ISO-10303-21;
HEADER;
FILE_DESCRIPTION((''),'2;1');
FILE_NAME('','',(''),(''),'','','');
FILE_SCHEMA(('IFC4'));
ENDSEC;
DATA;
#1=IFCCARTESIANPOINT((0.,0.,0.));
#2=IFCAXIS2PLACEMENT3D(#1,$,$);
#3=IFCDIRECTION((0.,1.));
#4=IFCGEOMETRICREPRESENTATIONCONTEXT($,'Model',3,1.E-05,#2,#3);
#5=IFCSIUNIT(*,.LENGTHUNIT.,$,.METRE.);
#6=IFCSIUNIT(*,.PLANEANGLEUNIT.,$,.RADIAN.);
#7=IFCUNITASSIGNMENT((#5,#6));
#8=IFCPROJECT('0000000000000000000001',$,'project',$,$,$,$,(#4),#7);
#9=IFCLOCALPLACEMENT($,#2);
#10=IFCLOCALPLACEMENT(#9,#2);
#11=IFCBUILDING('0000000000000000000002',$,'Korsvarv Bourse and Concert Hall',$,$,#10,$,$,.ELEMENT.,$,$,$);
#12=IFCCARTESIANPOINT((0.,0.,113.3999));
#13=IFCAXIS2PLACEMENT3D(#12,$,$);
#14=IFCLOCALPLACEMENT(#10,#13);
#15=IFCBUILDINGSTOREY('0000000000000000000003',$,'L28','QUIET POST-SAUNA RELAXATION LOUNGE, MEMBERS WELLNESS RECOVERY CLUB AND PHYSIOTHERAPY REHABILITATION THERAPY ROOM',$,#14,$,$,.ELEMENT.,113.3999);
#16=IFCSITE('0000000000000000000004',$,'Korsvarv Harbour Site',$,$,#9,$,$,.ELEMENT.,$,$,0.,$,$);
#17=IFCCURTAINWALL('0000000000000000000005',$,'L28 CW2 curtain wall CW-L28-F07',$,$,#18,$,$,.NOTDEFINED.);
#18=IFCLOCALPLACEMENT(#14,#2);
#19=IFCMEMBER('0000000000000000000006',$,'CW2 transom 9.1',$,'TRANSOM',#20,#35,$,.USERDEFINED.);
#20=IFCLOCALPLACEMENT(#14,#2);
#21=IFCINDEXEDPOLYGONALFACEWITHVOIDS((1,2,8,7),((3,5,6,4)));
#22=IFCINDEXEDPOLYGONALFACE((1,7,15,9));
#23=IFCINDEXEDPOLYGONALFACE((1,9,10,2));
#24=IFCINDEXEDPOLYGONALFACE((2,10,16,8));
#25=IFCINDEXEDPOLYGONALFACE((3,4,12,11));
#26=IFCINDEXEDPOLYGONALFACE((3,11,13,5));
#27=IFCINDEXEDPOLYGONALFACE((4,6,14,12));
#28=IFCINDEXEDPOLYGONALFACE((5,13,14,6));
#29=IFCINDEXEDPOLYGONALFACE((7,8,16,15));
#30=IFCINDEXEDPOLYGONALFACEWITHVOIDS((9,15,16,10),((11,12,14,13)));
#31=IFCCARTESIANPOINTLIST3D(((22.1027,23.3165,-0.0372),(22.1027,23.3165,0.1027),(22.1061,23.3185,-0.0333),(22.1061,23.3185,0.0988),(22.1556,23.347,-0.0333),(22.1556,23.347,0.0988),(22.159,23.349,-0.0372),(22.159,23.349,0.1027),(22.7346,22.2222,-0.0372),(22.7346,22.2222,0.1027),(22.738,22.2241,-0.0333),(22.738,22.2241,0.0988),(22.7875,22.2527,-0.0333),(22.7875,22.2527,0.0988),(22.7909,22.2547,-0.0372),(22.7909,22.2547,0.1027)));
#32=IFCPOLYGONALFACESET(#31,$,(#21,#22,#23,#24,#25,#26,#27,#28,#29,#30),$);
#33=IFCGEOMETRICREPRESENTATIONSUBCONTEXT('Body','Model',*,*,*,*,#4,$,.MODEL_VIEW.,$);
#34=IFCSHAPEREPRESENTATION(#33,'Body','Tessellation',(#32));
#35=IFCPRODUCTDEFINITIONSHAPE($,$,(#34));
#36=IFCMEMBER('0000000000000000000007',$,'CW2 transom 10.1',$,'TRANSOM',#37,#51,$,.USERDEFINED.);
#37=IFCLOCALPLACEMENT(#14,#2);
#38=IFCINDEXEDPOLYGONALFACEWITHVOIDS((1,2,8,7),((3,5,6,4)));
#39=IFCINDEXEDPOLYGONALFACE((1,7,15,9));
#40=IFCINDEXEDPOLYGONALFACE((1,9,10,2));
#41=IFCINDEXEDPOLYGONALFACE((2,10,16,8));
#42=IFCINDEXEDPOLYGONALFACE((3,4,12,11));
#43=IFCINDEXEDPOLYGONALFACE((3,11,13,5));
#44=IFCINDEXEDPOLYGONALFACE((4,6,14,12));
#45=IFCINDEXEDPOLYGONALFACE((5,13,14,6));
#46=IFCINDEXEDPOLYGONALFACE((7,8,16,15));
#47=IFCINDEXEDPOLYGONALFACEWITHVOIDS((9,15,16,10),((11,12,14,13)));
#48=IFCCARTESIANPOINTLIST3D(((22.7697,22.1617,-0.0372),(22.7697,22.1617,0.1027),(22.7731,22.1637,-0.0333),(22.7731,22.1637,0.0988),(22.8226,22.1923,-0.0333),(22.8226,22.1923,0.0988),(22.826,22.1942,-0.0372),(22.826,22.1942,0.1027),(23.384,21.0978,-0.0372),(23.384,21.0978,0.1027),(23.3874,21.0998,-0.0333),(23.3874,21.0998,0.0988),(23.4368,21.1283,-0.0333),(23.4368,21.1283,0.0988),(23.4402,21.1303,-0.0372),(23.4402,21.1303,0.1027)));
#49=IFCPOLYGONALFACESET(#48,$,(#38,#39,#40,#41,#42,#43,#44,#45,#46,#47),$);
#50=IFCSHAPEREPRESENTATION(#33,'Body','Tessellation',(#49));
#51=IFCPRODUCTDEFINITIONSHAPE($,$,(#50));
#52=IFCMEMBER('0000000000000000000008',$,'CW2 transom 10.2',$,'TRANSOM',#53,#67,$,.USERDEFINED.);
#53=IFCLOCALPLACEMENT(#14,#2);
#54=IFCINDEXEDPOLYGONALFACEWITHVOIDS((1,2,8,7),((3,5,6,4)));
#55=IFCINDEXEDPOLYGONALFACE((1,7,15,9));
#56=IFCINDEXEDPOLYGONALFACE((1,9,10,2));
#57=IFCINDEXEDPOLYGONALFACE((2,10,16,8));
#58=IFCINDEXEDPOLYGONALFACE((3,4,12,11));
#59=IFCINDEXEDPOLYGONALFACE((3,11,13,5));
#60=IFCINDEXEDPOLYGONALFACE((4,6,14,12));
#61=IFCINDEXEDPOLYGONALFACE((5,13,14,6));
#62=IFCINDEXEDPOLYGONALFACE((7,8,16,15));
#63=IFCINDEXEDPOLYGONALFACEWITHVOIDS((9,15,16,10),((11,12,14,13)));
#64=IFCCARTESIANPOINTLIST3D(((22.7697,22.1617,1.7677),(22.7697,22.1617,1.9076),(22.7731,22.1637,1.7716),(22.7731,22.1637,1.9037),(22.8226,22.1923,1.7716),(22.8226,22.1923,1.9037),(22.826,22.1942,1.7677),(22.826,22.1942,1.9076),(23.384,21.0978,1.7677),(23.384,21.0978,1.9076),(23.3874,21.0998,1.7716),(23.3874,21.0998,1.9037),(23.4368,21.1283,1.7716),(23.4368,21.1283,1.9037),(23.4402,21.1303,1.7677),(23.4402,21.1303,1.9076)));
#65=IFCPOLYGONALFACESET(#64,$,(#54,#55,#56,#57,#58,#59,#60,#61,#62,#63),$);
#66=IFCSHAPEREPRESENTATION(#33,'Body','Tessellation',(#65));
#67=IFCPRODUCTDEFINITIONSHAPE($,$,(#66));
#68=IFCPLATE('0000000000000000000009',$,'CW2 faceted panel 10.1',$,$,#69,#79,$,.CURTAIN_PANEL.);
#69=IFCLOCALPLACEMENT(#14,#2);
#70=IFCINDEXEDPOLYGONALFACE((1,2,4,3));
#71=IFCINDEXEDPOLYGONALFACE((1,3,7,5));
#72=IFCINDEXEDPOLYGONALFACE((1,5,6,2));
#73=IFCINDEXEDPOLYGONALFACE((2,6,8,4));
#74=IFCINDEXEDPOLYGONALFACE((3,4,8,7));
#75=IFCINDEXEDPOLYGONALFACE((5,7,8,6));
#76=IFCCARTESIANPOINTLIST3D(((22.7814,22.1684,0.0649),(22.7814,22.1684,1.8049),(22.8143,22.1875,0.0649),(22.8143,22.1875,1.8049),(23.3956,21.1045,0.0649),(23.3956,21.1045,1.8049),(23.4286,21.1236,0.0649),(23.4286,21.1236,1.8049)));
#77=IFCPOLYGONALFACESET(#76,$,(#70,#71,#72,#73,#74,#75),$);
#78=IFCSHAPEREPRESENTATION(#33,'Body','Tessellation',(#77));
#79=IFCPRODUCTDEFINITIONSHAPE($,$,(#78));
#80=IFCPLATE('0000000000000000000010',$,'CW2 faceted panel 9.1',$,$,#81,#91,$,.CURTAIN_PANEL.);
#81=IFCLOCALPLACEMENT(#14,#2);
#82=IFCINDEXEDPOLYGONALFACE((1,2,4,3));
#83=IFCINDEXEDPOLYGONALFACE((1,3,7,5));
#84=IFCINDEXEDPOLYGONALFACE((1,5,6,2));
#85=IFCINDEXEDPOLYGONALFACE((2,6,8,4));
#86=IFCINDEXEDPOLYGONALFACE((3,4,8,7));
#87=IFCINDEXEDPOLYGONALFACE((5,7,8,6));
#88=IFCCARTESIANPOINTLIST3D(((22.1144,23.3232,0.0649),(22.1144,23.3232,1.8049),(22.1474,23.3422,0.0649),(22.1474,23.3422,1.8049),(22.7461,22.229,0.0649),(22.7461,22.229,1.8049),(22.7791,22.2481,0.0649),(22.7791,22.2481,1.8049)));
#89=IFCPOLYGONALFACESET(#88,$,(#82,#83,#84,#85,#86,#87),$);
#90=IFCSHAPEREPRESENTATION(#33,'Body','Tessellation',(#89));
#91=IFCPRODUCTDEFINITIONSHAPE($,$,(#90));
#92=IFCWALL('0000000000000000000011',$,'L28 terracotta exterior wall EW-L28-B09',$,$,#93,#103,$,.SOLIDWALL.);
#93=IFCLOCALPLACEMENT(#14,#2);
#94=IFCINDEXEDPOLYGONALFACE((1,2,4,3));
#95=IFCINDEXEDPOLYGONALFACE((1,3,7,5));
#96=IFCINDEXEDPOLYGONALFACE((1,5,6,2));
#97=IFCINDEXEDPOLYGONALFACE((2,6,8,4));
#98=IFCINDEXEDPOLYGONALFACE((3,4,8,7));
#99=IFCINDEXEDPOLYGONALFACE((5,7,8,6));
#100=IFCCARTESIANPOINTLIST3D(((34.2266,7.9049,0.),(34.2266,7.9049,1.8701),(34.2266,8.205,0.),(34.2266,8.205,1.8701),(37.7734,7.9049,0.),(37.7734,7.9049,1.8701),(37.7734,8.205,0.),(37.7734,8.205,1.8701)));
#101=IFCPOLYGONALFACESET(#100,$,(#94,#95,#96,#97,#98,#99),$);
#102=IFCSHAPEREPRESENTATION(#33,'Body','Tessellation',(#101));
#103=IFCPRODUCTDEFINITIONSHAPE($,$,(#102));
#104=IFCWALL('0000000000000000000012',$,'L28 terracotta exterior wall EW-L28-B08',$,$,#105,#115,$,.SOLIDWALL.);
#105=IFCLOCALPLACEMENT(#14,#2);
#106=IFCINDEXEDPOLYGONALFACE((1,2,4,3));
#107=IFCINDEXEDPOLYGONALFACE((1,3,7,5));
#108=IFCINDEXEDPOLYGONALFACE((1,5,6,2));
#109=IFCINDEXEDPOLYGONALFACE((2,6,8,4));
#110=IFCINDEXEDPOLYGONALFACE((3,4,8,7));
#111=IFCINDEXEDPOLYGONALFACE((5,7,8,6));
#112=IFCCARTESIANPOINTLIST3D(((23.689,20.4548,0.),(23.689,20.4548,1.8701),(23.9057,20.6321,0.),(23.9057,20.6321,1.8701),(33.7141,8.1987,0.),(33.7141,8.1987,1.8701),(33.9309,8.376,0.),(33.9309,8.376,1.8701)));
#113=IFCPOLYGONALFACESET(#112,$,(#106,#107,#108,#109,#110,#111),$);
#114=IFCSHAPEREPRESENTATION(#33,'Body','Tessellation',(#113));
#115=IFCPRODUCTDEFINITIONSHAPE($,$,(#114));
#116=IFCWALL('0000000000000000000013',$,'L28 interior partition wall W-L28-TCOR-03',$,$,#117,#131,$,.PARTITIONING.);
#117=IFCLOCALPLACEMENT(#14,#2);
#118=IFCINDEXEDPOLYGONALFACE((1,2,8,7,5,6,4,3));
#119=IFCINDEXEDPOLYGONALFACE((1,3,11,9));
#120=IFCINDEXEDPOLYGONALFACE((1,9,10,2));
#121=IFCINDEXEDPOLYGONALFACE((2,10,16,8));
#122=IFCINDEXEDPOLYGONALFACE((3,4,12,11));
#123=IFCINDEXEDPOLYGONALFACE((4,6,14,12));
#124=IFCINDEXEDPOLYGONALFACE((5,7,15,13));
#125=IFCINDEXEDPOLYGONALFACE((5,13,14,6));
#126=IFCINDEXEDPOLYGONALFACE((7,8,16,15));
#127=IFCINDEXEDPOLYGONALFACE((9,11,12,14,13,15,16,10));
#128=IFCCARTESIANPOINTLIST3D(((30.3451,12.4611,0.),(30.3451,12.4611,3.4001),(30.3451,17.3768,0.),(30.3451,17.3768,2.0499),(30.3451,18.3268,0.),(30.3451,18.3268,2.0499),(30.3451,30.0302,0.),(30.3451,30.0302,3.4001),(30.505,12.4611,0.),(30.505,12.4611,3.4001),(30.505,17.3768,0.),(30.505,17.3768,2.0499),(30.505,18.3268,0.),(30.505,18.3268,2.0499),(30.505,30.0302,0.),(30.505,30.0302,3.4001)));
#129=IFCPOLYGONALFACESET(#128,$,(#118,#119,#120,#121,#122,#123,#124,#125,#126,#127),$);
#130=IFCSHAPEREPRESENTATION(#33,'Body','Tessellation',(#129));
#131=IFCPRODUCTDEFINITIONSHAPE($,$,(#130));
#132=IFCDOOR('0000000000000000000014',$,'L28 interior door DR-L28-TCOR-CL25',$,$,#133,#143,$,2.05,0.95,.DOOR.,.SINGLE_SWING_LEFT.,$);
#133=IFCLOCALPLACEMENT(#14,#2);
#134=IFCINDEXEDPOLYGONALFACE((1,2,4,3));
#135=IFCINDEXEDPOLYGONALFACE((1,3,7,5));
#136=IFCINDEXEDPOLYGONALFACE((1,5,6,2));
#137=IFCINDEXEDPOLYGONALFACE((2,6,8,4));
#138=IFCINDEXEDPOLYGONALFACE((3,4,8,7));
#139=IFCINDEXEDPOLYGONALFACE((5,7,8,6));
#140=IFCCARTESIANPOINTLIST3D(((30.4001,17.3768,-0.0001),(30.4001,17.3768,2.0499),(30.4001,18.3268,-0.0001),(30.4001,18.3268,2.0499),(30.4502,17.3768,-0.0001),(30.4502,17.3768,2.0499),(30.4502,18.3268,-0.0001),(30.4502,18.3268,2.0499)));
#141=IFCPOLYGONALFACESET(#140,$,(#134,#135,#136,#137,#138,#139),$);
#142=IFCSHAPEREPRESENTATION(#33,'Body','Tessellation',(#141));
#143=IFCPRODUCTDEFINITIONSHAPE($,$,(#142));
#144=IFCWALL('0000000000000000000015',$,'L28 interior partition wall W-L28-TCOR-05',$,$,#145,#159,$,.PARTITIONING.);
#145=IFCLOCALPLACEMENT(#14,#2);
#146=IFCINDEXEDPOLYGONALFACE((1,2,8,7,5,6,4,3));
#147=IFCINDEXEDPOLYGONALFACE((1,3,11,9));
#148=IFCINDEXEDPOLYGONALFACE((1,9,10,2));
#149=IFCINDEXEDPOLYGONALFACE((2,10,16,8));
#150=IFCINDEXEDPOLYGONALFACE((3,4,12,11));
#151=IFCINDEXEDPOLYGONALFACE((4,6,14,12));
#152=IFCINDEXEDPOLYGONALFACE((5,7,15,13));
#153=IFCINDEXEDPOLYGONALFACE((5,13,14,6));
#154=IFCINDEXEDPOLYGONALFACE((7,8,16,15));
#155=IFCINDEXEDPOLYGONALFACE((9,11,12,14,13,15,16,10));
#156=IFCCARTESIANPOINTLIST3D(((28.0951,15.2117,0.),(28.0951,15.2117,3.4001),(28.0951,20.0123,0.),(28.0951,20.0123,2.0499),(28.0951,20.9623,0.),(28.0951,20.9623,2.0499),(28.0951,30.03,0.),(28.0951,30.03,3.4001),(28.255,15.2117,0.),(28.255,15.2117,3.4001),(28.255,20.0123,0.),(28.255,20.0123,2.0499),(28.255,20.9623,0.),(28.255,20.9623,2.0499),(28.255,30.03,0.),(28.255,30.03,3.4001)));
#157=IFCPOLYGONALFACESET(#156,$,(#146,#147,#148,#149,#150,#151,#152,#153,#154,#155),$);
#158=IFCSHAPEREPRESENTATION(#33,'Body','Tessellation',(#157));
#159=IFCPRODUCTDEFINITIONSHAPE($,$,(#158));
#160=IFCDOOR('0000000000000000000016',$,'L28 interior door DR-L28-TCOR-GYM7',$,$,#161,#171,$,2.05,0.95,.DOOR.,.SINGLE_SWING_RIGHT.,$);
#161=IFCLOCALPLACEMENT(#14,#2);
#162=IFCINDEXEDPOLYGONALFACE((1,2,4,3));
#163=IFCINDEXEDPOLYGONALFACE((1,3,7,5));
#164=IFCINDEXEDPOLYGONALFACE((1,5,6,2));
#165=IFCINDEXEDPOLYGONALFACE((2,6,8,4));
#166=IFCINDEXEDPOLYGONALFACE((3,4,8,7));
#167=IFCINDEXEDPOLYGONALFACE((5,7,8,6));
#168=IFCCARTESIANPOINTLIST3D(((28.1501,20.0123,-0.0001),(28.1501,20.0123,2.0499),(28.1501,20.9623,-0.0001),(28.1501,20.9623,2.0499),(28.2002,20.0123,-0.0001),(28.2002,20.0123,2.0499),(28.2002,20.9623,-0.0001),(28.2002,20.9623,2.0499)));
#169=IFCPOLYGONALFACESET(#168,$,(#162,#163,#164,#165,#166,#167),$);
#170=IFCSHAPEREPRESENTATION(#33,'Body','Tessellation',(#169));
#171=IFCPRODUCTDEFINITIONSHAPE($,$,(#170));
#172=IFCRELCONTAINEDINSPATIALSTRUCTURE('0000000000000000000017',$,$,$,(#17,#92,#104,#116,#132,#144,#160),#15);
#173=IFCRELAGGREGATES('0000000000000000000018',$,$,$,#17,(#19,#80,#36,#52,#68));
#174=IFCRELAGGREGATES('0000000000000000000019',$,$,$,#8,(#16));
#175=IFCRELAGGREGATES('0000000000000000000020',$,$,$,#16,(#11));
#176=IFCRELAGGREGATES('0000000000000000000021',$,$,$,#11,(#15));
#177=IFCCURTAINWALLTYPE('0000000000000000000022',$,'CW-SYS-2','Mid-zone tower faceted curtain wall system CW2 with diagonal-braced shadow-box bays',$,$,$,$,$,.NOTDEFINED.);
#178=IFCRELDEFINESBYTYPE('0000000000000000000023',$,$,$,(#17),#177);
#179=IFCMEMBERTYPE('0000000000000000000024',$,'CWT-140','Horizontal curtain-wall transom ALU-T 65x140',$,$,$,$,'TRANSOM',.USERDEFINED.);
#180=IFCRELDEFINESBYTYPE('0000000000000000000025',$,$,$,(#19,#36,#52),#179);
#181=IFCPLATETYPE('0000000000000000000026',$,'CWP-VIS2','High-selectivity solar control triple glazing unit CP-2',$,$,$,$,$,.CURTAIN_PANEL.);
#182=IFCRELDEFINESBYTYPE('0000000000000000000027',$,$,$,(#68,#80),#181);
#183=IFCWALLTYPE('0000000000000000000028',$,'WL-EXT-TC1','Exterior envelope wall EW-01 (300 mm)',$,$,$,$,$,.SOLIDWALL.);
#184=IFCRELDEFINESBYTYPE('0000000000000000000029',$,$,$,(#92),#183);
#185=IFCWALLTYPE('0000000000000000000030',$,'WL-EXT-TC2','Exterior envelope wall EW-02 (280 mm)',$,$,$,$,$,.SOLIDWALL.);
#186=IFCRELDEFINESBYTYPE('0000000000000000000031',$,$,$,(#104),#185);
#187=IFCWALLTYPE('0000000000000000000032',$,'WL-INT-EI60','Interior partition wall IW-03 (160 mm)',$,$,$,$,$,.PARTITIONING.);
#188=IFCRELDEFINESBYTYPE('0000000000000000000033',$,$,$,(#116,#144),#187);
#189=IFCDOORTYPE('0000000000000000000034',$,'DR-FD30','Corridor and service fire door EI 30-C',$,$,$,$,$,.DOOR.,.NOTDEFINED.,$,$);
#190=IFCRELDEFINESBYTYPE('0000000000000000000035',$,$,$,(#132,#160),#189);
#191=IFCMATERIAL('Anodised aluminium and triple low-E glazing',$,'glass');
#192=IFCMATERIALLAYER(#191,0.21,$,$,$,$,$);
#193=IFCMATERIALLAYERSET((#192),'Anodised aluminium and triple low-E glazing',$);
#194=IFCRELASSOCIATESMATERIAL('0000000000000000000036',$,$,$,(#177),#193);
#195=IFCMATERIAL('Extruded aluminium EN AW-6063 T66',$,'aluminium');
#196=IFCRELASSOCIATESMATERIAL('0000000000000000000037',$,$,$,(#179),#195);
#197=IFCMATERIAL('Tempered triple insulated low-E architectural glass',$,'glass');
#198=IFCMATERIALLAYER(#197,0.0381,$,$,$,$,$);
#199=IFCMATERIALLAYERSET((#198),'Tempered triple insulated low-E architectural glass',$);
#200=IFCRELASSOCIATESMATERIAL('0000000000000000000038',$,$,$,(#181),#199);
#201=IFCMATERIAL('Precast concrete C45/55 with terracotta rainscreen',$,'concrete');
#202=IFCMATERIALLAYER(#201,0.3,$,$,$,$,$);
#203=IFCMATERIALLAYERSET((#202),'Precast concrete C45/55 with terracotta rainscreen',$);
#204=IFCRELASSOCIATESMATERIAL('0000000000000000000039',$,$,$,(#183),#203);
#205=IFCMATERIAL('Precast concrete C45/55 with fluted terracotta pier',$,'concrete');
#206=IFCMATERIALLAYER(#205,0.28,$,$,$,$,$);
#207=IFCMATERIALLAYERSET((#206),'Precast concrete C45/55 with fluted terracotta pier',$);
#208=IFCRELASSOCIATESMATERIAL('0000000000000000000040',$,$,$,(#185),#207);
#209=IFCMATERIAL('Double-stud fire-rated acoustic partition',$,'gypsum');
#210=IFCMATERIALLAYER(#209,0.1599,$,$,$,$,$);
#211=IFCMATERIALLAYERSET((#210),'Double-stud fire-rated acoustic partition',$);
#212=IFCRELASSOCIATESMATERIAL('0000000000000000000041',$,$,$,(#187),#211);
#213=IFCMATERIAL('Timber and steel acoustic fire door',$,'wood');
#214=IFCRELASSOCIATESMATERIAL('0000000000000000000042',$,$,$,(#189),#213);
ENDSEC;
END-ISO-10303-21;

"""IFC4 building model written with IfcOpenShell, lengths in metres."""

from ifc_helpers import new_model, si_unit, direction, frame, frame_2d, origin, origin_2d, place, context, subcontext, project, spatial, rectangle, hollow_rectangle, extrude, source, transform, mapped, material, layer, layer_set, material_profile, profile_set, type_object, element, fill, aggregate, save


model = new_model("IFC4")

# Units and contexts
model_context = context("Model", 3, precision=1e-05, world=origin(), true_north=direction((0.0, 1.0)))
body_context = subcontext(model_context, "Body", "Model", "MODEL_VIEW")
ifc_project = project(units=[si_unit("LENGTHUNIT", "METRE"), si_unit("PLANEANGLEUNIT", "RADIAN")], contexts=[model_context])

# Site, building, storey
site_placement = place(None, origin())
site = spatial("IfcSite", under=ifc_project, at=site_placement, Name="Korsvarv Harbour Site", CompositionType="ELEMENT", RefElevation=0.0)
building_placement = place(site_placement, origin())
building = spatial("IfcBuilding", under=site, at=building_placement, Name="Korsvarv Bourse and Concert Hall", CompositionType="ELEMENT")
storey_placement = place(building_placement, frame((0.0, 0.0, 113.3999)))
storey = spatial("IfcBuildingStorey", under=building, at=storey_placement, Name="L28", Description="QUIET POST-SAUNA RELAXATION LOUNGE, MEMBERS WELLNESS RECOVERY CLUB AND PHYSIOTHERAPY REHABILITATION THERAPY ROOM", CompositionType="ELEMENT", Elevation=113.3999)

# Curtain wall, members, plates
ifc_material_1 = material(Name="Anodised aluminium and triple low-E glazing", Category="glass")
ifc_layer_1 = layer(ifc_material_1, 0.21)
ifc_layer_set_1 = layer_set([ifc_layer_1], Name="Anodised aluminium and triple low-E glazing")
curtain_wall_type = type_object("IfcCurtainWallType", Name="CW-SYS-2", Description="Mid-zone tower faceted curtain wall system CW2 with diagonal-braced shadow-box bays", PredefinedType="NOTDEFINED", material=ifc_layer_set_1)
curtain_wall_placement = place(storey_placement, origin())
curtain_wall = element("IfcCurtainWall", 1, at=curtain_wall_placement, inside=storey, type_object=curtain_wall_type, Name="L28 CW2 curtain wall CW-L28-F07", PredefinedType="NOTDEFINED")
ifc_material_2 = material(Name="Extruded aluminium EN AW-6063 T66", Category="aluminium")
ifc_material_profile_1 = material_profile(ifc_material_2, hollow_rectangle(XDim=0.0649, YDim=0.1399, WallThickness=0.0039, at=origin_2d()), Name="ALU-T 65x140")
ifc_profile_set_1 = profile_set([ifc_material_profile_1], Name="Extruded aluminium EN AW-6063 T66")
member_type_1 = type_object("IfcMemberType", Name="CWT-140", Description="Horizontal curtain-wall transom ALU-T 65x140", ElementType="TRANSOM", PredefinedType="USERDEFINED", material=ifc_profile_set_1)
shared_shape_1 = source(origin(), body_context, "Body", "SweptSolid", [
    extrude(hollow_rectangle(XDim=0.0649, YDim=0.1399, WallThickness=0.0039, at=origin_2d()), origin(), (0.0, 0.0, 1.0), 1.2637),
])
member_1_placement = place(storey_placement, frame((22.1309, 23.3328, 0.0327), z_axis=(0.500046, -0.865999, 0.0), x_axis=(0.865999, 0.500046, 0.0)))
member_1 = element("IfcMember", 2, at=member_1_placement, type_object=member_type_1, Name="CW2 transom 9.1", ObjectType="TRANSOM", PredefinedType="USERDEFINED", context=body_context, shape_type="MappedRepresentation", body=[
    mapped(shared_shape_1, transform((0.0, 0.0, 0.0), scale=1.0)),
])
shared_shape_2 = source(origin(), body_context, "Body", "SweptSolid", [
    extrude(hollow_rectangle(XDim=0.0649, YDim=0.1399, WallThickness=0.0039, at=origin_2d()), origin(), (0.0, 0.0, 1.0), 1.2285),
])
member_2_placement = place(storey_placement, frame((22.7979, 22.178, 0.0327), z_axis=(0.499986, -0.866033, 0.0), x_axis=(0.866033, 0.499986, 0.0)))
member_2 = element("IfcMember", 3, at=member_2_placement, type_object=member_type_1, Name="CW2 transom 10.1", ObjectType="TRANSOM", PredefinedType="USERDEFINED", context=body_context, shape_type="MappedRepresentation", body=[
    mapped(shared_shape_2, transform((0.0, 0.0, 0.0), scale=1.0)),
])
member_3_placement = place(storey_placement, frame((22.7979, 22.178, 1.8376), z_axis=(0.499986, -0.866033, 0.0), x_axis=(0.866033, 0.499986, 0.0)))
member_3 = element("IfcMember", 4, at=member_3_placement, type_object=member_type_1, Name="CW2 transom 10.2", ObjectType="TRANSOM", PredefinedType="USERDEFINED", context=body_context, shape_type="MappedRepresentation", body=[
    mapped(shared_shape_2, transform((0.0, 0.0, 0.0), scale=1.0)),
])
ifc_material_3 = material(Name="Tempered triple insulated low-E architectural glass", Category="glass")
ifc_layer_2 = layer(ifc_material_3, 0.0381)
ifc_layer_set_2 = layer_set([ifc_layer_2], Name="Tempered triple insulated low-E architectural glass")
plate_type = type_object("IfcPlateType", Name="CWP-VIS2", Description="High-selectivity solar control triple glazing unit CP-2", PredefinedType="CURTAIN_PANEL", material=ifc_layer_set_2)
shared_shape_3 = source(origin(), body_context, "Body", "SweptSolid", [
    extrude(rectangle(XDim=1.2285, YDim=0.0381, at=origin_2d()), origin(), (0.0, 0.0, 1.0), 1.74),
])
plate_1_placement = place(storey_placement, frame((23.105, 21.646, 0.0649), z_axis=(0.0, 0.0, 1.0), x_axis=(0.500006, -0.866022, 0.0)))
plate_1 = element("IfcPlate", 5, at=plate_1_placement, type_object=plate_type, Name="CW2 faceted panel 10.1", PredefinedType="CURTAIN_PANEL", context=body_context, shape_type="MappedRepresentation", body=[
    mapped(shared_shape_3, transform((0.0, 0.0, 0.0), scale=1.0)),
])
shared_shape_4 = source(origin(), body_context, "Body", "SweptSolid", [
    extrude(rectangle(XDim=1.2634, YDim=0.0381, at=origin_2d()), origin(), (0.0, 0.0, 1.0), 1.74),
])
plate_2_placement = place(storey_placement, frame((22.4468, 22.7856, 0.0649), z_axis=(0.0, 0.0, 1.0), x_axis=(0.500006, -0.866022, 0.0)))
plate_2 = element("IfcPlate", 6, at=plate_2_placement, type_object=plate_type, Name="CW2 faceted panel 9.1", PredefinedType="CURTAIN_PANEL", context=body_context, shape_type="MappedRepresentation", body=[
    mapped(shared_shape_4, transform((0.0, 0.0, 0.0), scale=1.0)),
])
aggregate(curtain_wall, [member_1, plate_2, member_2, member_3, plate_1])

# Walls
ifc_material_4 = material(Name="Precast concrete C45/55 with terracotta rainscreen", Category="concrete")
ifc_layer_3 = layer(ifc_material_4, 0.3)
ifc_layer_set_3 = layer_set([ifc_layer_3], Name="Precast concrete C45/55 with terracotta rainscreen")
wall_type_1 = type_object("IfcWallType", Name="WL-EXT-TC1", Description="Exterior envelope wall EW-01 (300 mm)", PredefinedType="SOLIDWALL", material=ifc_layer_set_3)
wall_1_placement = place(storey_placement, frame((34.2266, 8.0549, 0.0), z_axis=(0.0, 0.0, 1.0), x_axis=(1.0, 0.0, 0.0)))
element("IfcWall", 7, at=wall_1_placement, inside=storey, type_object=wall_type_1, Name="L28 terracotta exterior wall EW-L28-B09", PredefinedType="SOLIDWALL", context=body_context, shape_type="SweptSolid", body=[
    extrude(rectangle(XDim=3.5469, YDim=0.3, at=frame_2d((1.7734, 0.0))), origin(), (0.0, 0.0, 1.0), 1.8701),
])
ifc_material_5 = material(Name="Precast concrete C45/55 with fluted terracotta pier", Category="concrete")
ifc_layer_4 = layer(ifc_material_5, 0.28)
ifc_layer_set_4 = layer_set([ifc_layer_4], Name="Precast concrete C45/55 with fluted terracotta pier")
wall_type_2 = type_object("IfcWallType", Name="WL-EXT-TC2", Description="Exterior envelope wall EW-02 (280 mm)", PredefinedType="SOLIDWALL", material=ifc_layer_set_4)
wall_2_placement = place(storey_placement, frame((23.7974, 20.5435, 0.0), z_axis=(0.0, 0.0, 1.0), x_axis=(0.63314, -0.774037, 0.0)))
element("IfcWall", 8, at=wall_2_placement, inside=storey, type_object=wall_type_2, Name="L28 terracotta exterior wall EW-L28-B08", PredefinedType="SOLIDWALL", context=body_context, shape_type="SweptSolid", body=[
    extrude(rectangle(XDim=15.834, YDim=0.28, at=frame_2d((7.917, 0.0))), origin(), (0.0, 0.0, 1.0), 1.8701),
])

# Walls, openings, doors
ifc_material_6 = material(Name="Double-stud fire-rated acoustic partition", Category="gypsum")
ifc_layer_5 = layer(ifc_material_6, 0.1599)
ifc_layer_set_5 = layer_set([ifc_layer_5], Name="Double-stud fire-rated acoustic partition")
wall_type_3 = type_object("IfcWallType", Name="WL-INT-EI60", Description="Interior partition wall IW-03 (160 mm)", PredefinedType="PARTITIONING", material=ifc_layer_set_5)
wall_3_placement = place(storey_placement, frame((30.425, 12.4609, 0.0), z_axis=(0.0, 0.0, 1.0), x_axis=(0.0, 1.0, 0.0)))
wall_3 = element("IfcWall", 9, at=wall_3_placement, inside=storey, type_object=wall_type_3, Name="L28 interior partition wall W-L28-TCOR-03", PredefinedType="PARTITIONING", context=body_context, shape_type="SweptSolid", body=[
    extrude(rectangle(XDim=17.5691, YDim=0.1599, at=frame_2d((8.7847, 0.0))), origin(), (0.0, 0.0, 1.0), 3.4001),
])
opening_1_placement = place(wall_3_placement, frame((4.9158, 0.0, 0.0)))
opening_1 = element("IfcOpeningElement", 10, at=opening_1_placement, cuts=wall_3, PredefinedType="OPENING", context=body_context, shape_type="SweptSolid", body=[
    extrude(rectangle(XDim=0.95, YDim=2.05, at=frame_2d((0.4751, 1.0249))), frame((0.0, 0.0898, 0.0), z_axis=(0.0, -1.0, 0.0), x_axis=(1.0, 0.0, 0.0)), (0.0, 0.0, 1.0), 0.1799),
])
ifc_material_7 = material(Name="Timber and steel acoustic fire door", Category="wood")
door_type_1 = type_object("IfcDoorType", Name="DR-FD30", Description="Corridor and service fire door EI 30-C", OperationType="NOTDEFINED", PredefinedType="DOOR", material=ifc_material_7)
door_1_placement = place(opening_1_placement, origin())
door_1 = element("IfcDoor", 11, at=door_1_placement, inside=storey, type_object=door_type_1, Name="L28 interior door DR-L28-TCOR-CL25", OperationType="SINGLE_SWING_LEFT", OverallHeight=2.05, OverallWidth=0.95, PredefinedType="DOOR", context=body_context, shape_type="SweptSolid", body=[
    extrude(rectangle(XDim=0.95, YDim=2.05, at=frame_2d((0.4751, 1.0249))), frame((0.0, 0.0249, 0.0), z_axis=(0.0, -1.0, 0.0), x_axis=(1.0, 0.0, 0.0)), (0.0, 0.0, 1.0), 0.05),
])
fill(opening_1, door_1)
wall_4_placement = place(storey_placement, frame((28.175, 15.2117, 0.0), z_axis=(0.0, 0.0, 1.0), x_axis=(0.0, 1.0, 0.0)))
wall_4 = element("IfcWall", 12, at=wall_4_placement, inside=storey, type_object=wall_type_3, Name="L28 interior partition wall W-L28-TCOR-05", PredefinedType="PARTITIONING", context=body_context, shape_type="SweptSolid", body=[
    extrude(rectangle(XDim=14.8184, YDim=0.1599, at=frame_2d((7.4092, 0.0))), origin(), (0.0, 0.0, 1.0), 3.4001),
])
opening_2_placement = place(wall_4_placement, frame((4.8005, 0.0, 0.0)))
opening_2 = element("IfcOpeningElement", 13, at=opening_2_placement, cuts=wall_4, PredefinedType="OPENING", context=body_context, shape_type="SweptSolid", body=[
    extrude(rectangle(XDim=0.95, YDim=2.05, at=frame_2d((0.4751, 1.0249))), frame((0.0, 0.0898, 0.0), z_axis=(0.0, -1.0, 0.0), x_axis=(1.0, 0.0, 0.0)), (0.0, 0.0, 1.0), 0.1799),
])
door_2_placement = place(opening_2_placement, origin())
door_2 = element("IfcDoor", 14, at=door_2_placement, inside=storey, type_object=door_type_1, Name="L28 interior door DR-L28-TCOR-GYM7", OperationType="SINGLE_SWING_RIGHT", OverallHeight=2.05, OverallWidth=0.95, PredefinedType="DOOR", context=body_context, shape_type="SweptSolid", body=[
    extrude(rectangle(XDim=0.95, YDim=2.05, at=frame_2d((0.4751, 1.0249))), frame((0.0, 0.0249, 0.0), z_axis=(0.0, -1.0, 0.0), x_axis=(1.0, 0.0, 0.0)), (0.0, 0.0, 1.0), 0.05),
])
fill(opening_2, door_2)

save(model, "model.ifc")
